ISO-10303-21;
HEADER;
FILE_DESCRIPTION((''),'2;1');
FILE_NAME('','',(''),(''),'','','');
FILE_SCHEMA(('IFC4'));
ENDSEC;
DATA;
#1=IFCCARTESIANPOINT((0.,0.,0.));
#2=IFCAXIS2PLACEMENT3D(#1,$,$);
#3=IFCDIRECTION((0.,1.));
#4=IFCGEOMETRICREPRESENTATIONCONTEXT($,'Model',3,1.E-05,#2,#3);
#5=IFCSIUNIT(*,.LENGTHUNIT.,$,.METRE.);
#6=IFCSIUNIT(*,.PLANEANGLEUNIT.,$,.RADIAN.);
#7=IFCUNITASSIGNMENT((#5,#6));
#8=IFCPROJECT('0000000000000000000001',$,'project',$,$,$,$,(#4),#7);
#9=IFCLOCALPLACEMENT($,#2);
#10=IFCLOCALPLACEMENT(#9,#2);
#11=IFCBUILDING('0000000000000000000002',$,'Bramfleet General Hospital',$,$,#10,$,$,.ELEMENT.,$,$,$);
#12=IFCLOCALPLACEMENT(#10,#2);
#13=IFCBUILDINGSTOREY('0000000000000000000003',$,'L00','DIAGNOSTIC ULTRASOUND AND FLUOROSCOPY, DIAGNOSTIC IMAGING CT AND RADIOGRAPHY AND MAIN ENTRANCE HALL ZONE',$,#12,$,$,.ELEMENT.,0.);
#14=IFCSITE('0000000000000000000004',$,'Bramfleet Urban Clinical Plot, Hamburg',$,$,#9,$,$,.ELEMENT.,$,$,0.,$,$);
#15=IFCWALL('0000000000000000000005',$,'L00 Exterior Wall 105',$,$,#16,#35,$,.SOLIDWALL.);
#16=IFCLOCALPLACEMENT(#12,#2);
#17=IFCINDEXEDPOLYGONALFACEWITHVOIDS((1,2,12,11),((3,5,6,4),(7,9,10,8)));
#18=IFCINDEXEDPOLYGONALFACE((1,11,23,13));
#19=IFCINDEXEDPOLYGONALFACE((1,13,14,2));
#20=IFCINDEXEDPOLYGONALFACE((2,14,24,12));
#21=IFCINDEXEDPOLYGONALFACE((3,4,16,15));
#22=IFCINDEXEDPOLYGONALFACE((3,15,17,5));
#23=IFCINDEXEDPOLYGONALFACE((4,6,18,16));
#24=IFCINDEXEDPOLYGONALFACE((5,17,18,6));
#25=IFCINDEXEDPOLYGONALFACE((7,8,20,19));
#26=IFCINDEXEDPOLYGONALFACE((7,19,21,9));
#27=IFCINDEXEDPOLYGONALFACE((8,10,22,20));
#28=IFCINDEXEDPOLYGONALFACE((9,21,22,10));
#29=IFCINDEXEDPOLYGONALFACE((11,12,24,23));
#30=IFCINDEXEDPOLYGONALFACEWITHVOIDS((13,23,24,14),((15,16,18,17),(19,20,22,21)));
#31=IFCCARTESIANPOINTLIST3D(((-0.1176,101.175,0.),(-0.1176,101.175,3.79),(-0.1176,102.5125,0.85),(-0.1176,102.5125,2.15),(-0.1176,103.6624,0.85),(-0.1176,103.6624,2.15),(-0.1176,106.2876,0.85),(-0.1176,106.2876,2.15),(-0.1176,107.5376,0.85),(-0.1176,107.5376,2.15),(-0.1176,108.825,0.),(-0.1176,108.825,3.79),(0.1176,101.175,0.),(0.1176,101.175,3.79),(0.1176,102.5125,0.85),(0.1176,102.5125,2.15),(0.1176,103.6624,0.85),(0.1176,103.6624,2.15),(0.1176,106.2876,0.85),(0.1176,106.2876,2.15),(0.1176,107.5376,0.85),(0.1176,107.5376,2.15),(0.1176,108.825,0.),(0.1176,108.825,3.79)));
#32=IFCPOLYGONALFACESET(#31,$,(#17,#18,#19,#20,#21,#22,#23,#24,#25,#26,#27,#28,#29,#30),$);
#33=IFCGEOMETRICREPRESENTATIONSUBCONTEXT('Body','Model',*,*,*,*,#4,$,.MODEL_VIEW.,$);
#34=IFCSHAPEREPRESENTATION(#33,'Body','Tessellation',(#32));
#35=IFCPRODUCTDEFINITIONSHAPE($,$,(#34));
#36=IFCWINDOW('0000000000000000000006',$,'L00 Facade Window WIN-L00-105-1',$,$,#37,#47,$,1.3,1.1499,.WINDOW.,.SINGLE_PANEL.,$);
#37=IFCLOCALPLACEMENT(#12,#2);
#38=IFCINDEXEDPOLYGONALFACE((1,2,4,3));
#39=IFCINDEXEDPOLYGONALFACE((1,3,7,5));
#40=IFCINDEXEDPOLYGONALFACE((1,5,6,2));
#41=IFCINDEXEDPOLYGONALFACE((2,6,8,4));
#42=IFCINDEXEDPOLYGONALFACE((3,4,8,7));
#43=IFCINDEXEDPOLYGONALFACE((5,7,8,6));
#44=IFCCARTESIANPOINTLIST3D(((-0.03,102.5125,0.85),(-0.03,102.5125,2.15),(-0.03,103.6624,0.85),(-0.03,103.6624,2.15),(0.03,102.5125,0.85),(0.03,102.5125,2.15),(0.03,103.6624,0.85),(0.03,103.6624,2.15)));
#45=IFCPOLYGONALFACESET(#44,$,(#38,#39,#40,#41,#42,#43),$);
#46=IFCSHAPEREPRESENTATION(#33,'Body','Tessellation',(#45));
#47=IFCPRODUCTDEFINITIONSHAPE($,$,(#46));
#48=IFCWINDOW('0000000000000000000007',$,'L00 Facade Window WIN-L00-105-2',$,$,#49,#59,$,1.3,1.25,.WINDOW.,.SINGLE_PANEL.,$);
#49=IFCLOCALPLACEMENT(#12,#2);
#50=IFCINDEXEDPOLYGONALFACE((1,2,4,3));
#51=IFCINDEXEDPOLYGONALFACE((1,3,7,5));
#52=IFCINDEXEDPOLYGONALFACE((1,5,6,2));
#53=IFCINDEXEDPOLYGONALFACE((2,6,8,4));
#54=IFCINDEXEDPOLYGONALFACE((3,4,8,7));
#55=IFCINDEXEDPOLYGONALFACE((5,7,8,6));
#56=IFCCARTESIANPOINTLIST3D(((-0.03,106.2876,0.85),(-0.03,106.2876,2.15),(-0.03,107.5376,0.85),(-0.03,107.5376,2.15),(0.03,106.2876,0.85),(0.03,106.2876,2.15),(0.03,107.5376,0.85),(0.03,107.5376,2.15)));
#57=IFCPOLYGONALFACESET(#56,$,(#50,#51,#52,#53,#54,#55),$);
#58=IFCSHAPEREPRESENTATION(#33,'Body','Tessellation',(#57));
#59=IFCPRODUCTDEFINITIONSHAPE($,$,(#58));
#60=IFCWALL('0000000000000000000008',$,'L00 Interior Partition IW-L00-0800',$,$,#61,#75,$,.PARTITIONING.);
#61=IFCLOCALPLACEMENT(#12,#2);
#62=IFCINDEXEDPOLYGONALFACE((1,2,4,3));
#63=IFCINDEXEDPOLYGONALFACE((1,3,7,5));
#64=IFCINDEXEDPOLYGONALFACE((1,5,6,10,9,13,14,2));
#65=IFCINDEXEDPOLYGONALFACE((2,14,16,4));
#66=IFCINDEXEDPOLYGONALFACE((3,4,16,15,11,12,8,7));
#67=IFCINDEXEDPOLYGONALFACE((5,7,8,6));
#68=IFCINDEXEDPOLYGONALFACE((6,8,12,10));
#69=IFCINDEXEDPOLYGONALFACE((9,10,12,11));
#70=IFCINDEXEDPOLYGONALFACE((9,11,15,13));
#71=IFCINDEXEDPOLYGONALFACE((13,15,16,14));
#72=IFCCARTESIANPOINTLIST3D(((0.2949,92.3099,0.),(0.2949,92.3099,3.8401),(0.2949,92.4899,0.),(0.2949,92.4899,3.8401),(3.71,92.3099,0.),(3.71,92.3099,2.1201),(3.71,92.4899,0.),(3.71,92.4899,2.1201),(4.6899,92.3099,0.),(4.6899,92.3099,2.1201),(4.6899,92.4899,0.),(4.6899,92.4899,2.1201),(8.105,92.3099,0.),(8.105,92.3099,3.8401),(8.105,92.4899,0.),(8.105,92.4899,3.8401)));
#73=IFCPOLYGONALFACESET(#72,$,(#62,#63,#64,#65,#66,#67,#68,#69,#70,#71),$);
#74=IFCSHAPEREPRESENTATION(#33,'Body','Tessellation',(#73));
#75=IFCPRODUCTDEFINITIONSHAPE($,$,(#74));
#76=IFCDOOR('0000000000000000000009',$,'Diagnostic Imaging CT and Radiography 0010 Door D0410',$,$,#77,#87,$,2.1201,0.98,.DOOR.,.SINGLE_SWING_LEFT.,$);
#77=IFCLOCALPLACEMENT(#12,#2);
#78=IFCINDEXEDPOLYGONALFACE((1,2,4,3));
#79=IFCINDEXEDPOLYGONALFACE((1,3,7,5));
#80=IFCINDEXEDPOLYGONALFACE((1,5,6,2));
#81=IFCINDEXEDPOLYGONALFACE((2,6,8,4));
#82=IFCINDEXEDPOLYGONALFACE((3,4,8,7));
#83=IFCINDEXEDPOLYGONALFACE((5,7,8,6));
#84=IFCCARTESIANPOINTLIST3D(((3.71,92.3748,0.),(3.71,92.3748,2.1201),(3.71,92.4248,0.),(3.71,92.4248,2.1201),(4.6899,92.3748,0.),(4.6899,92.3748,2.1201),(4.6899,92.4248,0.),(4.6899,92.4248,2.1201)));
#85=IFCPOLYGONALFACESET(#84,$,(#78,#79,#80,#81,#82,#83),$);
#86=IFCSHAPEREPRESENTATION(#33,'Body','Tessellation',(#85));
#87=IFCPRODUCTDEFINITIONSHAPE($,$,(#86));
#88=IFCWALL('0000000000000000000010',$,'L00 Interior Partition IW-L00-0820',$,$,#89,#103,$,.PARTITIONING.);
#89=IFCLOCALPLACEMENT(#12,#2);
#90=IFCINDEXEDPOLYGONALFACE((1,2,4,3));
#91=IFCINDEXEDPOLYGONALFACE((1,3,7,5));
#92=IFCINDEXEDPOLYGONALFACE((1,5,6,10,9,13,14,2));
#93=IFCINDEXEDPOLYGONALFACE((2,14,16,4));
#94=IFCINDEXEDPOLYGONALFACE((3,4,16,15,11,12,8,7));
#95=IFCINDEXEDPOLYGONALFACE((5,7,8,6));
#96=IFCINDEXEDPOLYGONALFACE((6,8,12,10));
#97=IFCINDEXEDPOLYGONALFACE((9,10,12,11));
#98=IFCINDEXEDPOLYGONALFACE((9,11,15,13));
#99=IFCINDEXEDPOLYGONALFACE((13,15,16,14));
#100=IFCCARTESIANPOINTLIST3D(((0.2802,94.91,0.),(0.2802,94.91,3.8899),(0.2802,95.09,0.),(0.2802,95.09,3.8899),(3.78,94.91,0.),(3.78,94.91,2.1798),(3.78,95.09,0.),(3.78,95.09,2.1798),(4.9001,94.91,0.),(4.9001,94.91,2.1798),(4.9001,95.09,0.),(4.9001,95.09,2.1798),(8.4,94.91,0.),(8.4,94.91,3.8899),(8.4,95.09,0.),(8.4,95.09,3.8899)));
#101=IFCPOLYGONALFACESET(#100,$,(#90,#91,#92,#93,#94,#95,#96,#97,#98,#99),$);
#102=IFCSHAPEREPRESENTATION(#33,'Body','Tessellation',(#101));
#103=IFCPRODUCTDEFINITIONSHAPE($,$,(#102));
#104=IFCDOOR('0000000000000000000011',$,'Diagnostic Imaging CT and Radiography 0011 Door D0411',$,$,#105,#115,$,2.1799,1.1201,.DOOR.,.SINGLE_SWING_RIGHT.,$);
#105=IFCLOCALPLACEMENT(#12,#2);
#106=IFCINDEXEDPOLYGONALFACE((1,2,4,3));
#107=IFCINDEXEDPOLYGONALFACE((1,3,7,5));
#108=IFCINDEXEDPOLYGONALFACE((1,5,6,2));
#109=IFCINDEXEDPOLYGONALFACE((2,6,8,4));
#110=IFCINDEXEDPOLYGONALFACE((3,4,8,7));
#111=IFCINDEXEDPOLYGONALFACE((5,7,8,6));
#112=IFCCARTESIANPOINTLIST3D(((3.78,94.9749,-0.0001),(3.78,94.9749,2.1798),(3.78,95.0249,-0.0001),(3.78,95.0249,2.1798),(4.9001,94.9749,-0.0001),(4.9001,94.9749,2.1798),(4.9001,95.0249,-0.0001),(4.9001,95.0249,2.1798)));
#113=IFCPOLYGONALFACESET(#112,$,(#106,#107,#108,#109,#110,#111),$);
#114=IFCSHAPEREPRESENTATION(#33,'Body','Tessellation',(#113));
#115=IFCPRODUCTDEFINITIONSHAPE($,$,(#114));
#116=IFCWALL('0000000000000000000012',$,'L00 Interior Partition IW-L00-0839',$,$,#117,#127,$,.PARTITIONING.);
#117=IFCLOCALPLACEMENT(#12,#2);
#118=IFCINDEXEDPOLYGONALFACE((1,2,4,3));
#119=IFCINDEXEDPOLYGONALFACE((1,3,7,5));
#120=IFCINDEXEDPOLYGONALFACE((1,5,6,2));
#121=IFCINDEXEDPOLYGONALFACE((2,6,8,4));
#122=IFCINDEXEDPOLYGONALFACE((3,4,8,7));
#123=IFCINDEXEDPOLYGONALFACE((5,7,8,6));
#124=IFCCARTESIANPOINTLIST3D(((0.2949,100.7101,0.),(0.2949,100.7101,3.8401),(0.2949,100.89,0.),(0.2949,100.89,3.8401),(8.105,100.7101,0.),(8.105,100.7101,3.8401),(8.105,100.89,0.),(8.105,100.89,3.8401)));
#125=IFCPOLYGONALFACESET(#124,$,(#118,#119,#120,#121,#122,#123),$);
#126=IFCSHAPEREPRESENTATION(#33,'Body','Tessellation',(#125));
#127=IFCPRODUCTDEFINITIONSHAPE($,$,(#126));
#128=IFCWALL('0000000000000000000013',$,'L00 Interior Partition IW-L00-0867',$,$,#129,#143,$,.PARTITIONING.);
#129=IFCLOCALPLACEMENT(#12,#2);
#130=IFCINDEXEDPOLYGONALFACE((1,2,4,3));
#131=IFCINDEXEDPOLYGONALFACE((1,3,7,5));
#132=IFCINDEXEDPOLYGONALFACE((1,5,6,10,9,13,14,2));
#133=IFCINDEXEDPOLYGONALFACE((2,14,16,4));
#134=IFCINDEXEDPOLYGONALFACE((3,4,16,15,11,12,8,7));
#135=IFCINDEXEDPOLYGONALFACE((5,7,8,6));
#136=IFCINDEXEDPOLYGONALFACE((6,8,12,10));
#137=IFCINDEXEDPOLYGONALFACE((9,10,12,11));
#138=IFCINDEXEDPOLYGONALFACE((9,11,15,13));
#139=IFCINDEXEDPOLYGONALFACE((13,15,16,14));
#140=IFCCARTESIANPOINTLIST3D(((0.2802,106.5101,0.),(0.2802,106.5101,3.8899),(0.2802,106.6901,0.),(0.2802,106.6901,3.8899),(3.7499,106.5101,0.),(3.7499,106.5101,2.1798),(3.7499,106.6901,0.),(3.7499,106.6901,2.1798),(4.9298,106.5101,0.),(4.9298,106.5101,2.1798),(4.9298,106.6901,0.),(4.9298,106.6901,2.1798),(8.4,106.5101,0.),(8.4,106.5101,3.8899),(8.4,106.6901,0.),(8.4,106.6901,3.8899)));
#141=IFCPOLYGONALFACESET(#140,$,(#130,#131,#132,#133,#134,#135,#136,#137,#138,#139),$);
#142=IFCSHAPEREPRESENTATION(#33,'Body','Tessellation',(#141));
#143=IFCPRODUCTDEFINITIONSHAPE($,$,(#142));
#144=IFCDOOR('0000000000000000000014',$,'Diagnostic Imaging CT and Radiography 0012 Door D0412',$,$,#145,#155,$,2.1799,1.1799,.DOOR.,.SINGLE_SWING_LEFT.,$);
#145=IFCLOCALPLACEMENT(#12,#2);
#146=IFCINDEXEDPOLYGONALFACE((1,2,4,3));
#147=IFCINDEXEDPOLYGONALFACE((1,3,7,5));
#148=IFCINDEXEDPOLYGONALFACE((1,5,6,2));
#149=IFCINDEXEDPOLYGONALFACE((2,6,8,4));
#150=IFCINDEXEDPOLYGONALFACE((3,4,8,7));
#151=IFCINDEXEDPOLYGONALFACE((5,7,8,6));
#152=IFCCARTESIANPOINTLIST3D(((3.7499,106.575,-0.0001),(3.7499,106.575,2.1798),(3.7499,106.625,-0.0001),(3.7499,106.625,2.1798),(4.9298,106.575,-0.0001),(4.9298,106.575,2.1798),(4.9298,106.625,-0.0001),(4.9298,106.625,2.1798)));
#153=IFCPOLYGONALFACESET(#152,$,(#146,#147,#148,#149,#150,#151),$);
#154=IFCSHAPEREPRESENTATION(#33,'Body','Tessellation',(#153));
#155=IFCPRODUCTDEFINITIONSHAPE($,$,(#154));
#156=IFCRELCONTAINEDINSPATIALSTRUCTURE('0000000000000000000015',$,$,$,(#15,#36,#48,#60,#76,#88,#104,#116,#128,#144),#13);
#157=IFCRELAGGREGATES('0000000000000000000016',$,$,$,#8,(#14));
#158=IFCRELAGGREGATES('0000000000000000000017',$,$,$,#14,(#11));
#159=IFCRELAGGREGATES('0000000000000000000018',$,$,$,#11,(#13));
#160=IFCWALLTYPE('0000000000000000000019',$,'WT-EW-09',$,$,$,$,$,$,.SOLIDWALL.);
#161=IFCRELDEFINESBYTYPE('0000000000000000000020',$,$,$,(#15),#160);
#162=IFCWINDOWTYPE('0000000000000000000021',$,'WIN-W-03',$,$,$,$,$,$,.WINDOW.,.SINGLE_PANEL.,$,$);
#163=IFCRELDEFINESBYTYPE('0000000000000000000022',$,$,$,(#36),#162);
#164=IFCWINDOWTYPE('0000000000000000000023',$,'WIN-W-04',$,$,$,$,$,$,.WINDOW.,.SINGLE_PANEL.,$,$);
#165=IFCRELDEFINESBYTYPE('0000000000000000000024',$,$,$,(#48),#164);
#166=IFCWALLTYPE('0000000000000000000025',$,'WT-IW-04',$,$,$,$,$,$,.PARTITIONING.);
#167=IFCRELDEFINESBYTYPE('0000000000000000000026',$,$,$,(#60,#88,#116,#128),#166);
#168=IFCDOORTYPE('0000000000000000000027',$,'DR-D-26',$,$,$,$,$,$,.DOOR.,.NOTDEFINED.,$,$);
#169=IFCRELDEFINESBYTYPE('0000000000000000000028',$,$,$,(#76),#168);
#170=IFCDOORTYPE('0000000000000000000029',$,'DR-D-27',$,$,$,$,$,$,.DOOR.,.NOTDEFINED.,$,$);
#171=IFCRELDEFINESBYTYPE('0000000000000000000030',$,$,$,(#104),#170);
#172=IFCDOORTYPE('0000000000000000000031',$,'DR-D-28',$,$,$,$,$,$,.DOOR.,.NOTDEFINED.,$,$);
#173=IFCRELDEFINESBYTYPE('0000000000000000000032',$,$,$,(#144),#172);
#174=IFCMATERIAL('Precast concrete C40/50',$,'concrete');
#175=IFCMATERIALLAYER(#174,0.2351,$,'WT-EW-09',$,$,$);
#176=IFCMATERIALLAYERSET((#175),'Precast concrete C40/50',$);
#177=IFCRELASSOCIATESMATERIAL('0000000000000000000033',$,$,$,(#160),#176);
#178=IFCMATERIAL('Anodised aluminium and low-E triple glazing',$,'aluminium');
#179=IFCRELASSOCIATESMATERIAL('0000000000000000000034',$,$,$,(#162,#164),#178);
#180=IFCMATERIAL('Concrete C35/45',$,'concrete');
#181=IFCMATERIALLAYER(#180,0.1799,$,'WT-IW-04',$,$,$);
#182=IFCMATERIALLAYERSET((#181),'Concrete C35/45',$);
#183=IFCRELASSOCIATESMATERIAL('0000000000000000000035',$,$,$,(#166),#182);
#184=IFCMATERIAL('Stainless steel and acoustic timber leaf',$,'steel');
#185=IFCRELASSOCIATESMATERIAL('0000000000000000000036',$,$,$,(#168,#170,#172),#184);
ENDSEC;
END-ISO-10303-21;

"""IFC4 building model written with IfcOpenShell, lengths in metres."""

from ifc_helpers import new_model, si_unit, direction, frame, frame_2d, origin, place, context, subcontext, project, spatial, rectangle, extrude, material, layer, layer_set, type_object, element, fill, save


model = new_model("IFC4")

# Units and contexts
model_context = context("Model", 3, precision=1e-05, world=origin(), true_north=direction((0.0, 1.0)))
body_context = subcontext(model_context, "Body", "Model", "MODEL_VIEW")
ifc_project = project(units=[si_unit("LENGTHUNIT", "METRE"), si_unit("PLANEANGLEUNIT", "RADIAN")], contexts=[model_context])

# Site, building, storey
site_placement = place(None, origin())
site = spatial("IfcSite", under=ifc_project, at=site_placement, Name="Bramfleet Urban Clinical Plot, Hamburg", CompositionType="ELEMENT", RefElevation=0.0)
building_placement = place(site_placement, origin())
building = spatial("IfcBuilding", under=site, at=building_placement, Name="Bramfleet General Hospital", CompositionType="ELEMENT")
storey_placement = place(building_placement, origin())
storey = spatial("IfcBuildingStorey", under=building, at=storey_placement, Name="L00", Description="DIAGNOSTIC ULTRASOUND AND FLUOROSCOPY, DIAGNOSTIC IMAGING CT AND RADIOGRAPHY AND MAIN ENTRANCE HALL ZONE", CompositionType="ELEMENT", Elevation=0.0)

# Shared definitions
ifc_material_1 = material(Name="Concrete C35/45", Category="concrete")

# Shared definitions
ifc_material_2 = material(Name="Precast concrete C40/50", Category="concrete")

# Wall, openings, windows
ifc_layer_1 = layer(ifc_material_2, 0.2351, Name="WT-EW-09")
ifc_layer_set_1 = layer_set([ifc_layer_1], Name="Precast concrete C40/50")
wall_type_1 = type_object("IfcWallType", Name="WT-EW-09", PredefinedType="SOLIDWALL", material=ifc_layer_set_1)
wall_1_placement = place(storey_placement, frame((0.0, 101.175, 0.0), z_axis=(0.0, 0.0, 1.0), x_axis=(0.0, 1.0, 0.0)))
wall_1 = element("IfcWall", 1, at=wall_1_placement, inside=storey, type_object=wall_type_1, Name="L00 Exterior Wall 105", PredefinedType="SOLIDWALL", context=body_context, shape_type="SweptSolid", body=[
    extrude(rectangle(XDim=7.6499, YDim=0.2351, at=frame_2d((3.825, 0.0))), origin(), (0.0, 0.0, 1.0), 3.79),
])
opening_1_placement = place(wall_1_placement, frame((1.3374, 0.0, 0.8501)))
opening_1 = element("IfcOpeningElement", 2, at=opening_1_placement, cuts=wall_1, PredefinedType="OPENING", context=body_context, shape_type="SweptSolid", body=[
    extrude(rectangle(XDim=1.1499, YDim=1.3, at=frame_2d((0.575, 0.6499))), frame((0.0, 0.1274, 0.0), z_axis=(0.0, -1.0, 0.0), x_axis=(1.0, 0.0, 0.0)), (0.0, 0.0, 1.0), 0.2551),
])
opening_2_placement = place(wall_1_placement, frame((5.1125, 0.0, 0.8501)))
opening_2 = element("IfcOpeningElement", 3, at=opening_2_placement, cuts=wall_1, PredefinedType="OPENING", context=body_context, shape_type="SweptSolid", body=[
    extrude(rectangle(XDim=1.25, YDim=1.3, at=frame_2d((0.625, 0.6499))), frame((0.0, 0.1274, 0.0), z_axis=(0.0, -1.0, 0.0), x_axis=(1.0, 0.0, 0.0)), (0.0, 0.0, 1.0), 0.2551),
])
ifc_material_3 = material(Name="Anodised aluminium and low-E triple glazing", Category="aluminium")
window_type_1 = type_object("IfcWindowType", Name="WIN-W-03", PartitioningType="SINGLE_PANEL", PredefinedType="WINDOW", material=ifc_material_3)
window_1_placement = place(opening_1_placement, origin())
window_1 = element("IfcWindow", 4, at=window_1_placement, inside=storey, type_object=window_type_1, Name="L00 Facade Window WIN-L00-105-1", OverallHeight=1.3, OverallWidth=1.1499, PartitioningType="SINGLE_PANEL", PredefinedType="WINDOW", context=body_context, shape_type="SweptSolid", body=[
    extrude(rectangle(XDim=1.1499, YDim=1.3, at=frame_2d((0.575, 0.6499))), frame((0.0, 0.03, 0.0), z_axis=(0.0, -1.0, 0.0), x_axis=(1.0, 0.0, 0.0)), (0.0, 0.0, 1.0), 0.0601),
])
fill(opening_1, window_1)
window_type_2 = type_object("IfcWindowType", Name="WIN-W-04", PartitioningType="SINGLE_PANEL", PredefinedType="WINDOW", material=ifc_material_3)
window_2_placement = place(opening_2_placement, origin())
window_2 = element("IfcWindow", 5, at=window_2_placement, inside=storey, type_object=window_type_2, Name="L00 Facade Window WIN-L00-105-2", OverallHeight=1.3, OverallWidth=1.25, PartitioningType="SINGLE_PANEL", PredefinedType="WINDOW", context=body_context, shape_type="SweptSolid", body=[
    extrude(rectangle(XDim=1.25, YDim=1.3, at=frame_2d((0.625, 0.6499))), frame((0.0, 0.03, 0.0), z_axis=(0.0, -1.0, 0.0), x_axis=(1.0, 0.0, 0.0)), (0.0, 0.0, 1.0), 0.0601),
])
fill(opening_2, window_2)

# Walls, openings, doors
ifc_layer_2 = layer(ifc_material_1, 0.1799, Name="WT-IW-04")
ifc_layer_set_2 = layer_set([ifc_layer_2], Name="Concrete C35/45")
wall_type_2 = type_object("IfcWallType", Name="WT-IW-04", PredefinedType="PARTITIONING", material=ifc_layer_set_2)
wall_2_placement = place(storey_placement, frame((0.2949, 92.3999, 0.0), z_axis=(0.0, 0.0, 1.0), x_axis=(1.0, 0.0, 0.0)))
wall_2 = element("IfcWall", 6, at=wall_2_placement, inside=storey, type_object=wall_type_2, Name="L00 Interior Partition IW-L00-0800", PredefinedType="PARTITIONING", context=body_context, shape_type="SweptSolid", body=[
    extrude(rectangle(XDim=7.8101, YDim=0.1799, at=frame_2d((3.905, 0.0))), origin(), (0.0, 0.0, 1.0), 3.8401),
])
opening_3_placement = place(wall_2_placement, frame((3.415, 0.0, 0.0)))
opening_3 = element("IfcOpeningElement", 7, at=opening_3_placement, cuts=wall_2, PredefinedType="OPENING", context=body_context, shape_type="SweptSolid", body=[
    extrude(rectangle(XDim=0.98, YDim=2.1201, at=frame_2d((0.49, 1.0601))), frame((0.0, 0.0999, 0.0), z_axis=(0.0, -1.0, 0.0), x_axis=(1.0, 0.0, 0.0)), (0.0, 0.0, 1.0), 0.2),
])
ifc_material_4 = material(Name="Stainless steel and acoustic timber leaf", Category="steel")
door_type_1 = type_object("IfcDoorType", Name="DR-D-26", OperationType="NOTDEFINED", PredefinedType="DOOR", material=ifc_material_4)
door_1_placement = place(opening_3_placement, origin())
door_1 = element("IfcDoor", 8, at=door_1_placement, inside=storey, type_object=door_type_1, Name="Diagnostic Imaging CT and Radiography 0010 Door D0410", OperationType="SINGLE_SWING_LEFT", OverallHeight=2.1201, OverallWidth=0.98, PredefinedType="DOOR", context=body_context, shape_type="SweptSolid", body=[
    extrude(rectangle(XDim=0.98, YDim=2.1201, at=frame_2d((0.49, 1.0601))), frame((0.0, 0.0249, 0.0), z_axis=(0.0, -1.0, 0.0), x_axis=(1.0, 0.0, 0.0)), (0.0, 0.0, 1.0), 0.05),
])
fill(opening_3, door_1)
wall_3_placement = place(storey_placement, frame((0.28, 95.0, 0.0), z_axis=(0.0, 0.0, 1.0), x_axis=(1.0, 0.0, 0.0)))
wall_3 = element("IfcWall", 9, at=wall_3_placement, inside=storey, type_object=wall_type_2, Name="L00 Interior Partition IW-L00-0820", PredefinedType="PARTITIONING", context=body_context, shape_type="SweptSolid", body=[
    extrude(rectangle(XDim=8.1199, YDim=0.1799, at=frame_2d((4.0601, 0.0))), origin(), (0.0, 0.0, 1.0), 3.8899),
])
opening_4_placement = place(wall_3_placement, frame((3.5, 0.0, 0.0)))
opening_4 = element("IfcOpeningElement", 10, at=opening_4_placement, cuts=wall_3, PredefinedType="OPENING", context=body_context, shape_type="SweptSolid", body=[
    extrude(rectangle(XDim=1.1201, YDim=2.1799, at=frame_2d((0.5601, 1.0898))), frame((0.0, 0.0999, 0.0), z_axis=(0.0, -1.0, 0.0), x_axis=(1.0, 0.0, 0.0)), (0.0, 0.0, 1.0), 0.2),
])
door_type_2 = type_object("IfcDoorType", Name="DR-D-27", OperationType="NOTDEFINED", PredefinedType="DOOR", material=ifc_material_4)
door_2_placement = place(opening_4_placement, origin())
door_2 = element("IfcDoor", 11, at=door_2_placement, inside=storey, type_object=door_type_2, Name="Diagnostic Imaging CT and Radiography 0011 Door D0411", OperationType="SINGLE_SWING_RIGHT", OverallHeight=2.1799, OverallWidth=1.1201, PredefinedType="DOOR", context=body_context, shape_type="SweptSolid", body=[
    extrude(rectangle(XDim=1.1201, YDim=2.1799, at=frame_2d((0.5601, 1.0898))), frame((0.0, 0.0249, 0.0), z_axis=(0.0, -1.0, 0.0), x_axis=(1.0, 0.0, 0.0)), (0.0, 0.0, 1.0), 0.05),
])
fill(opening_4, door_2)

# Wall
wall_4_placement = place(storey_placement, frame((0.2949, 100.8, 0.0), z_axis=(0.0, 0.0, 1.0), x_axis=(1.0, 0.0, 0.0)))
element("IfcWall", 12, at=wall_4_placement, inside=storey, type_object=wall_type_2, Name="L00 Interior Partition IW-L00-0839", PredefinedType="PARTITIONING", context=body_context, shape_type="SweptSolid", body=[
    extrude(rectangle(XDim=7.8101, YDim=0.1799, at=frame_2d((3.905, 0.0))), origin(), (0.0, 0.0, 1.0), 3.8401),
])

# Wall, opening, door
wall_5_placement = place(storey_placement, frame((0.28, 106.6001, 0.0), z_axis=(0.0, 0.0, 1.0), x_axis=(1.0, 0.0, 0.0)))
wall_5 = element("IfcWall", 13, at=wall_5_placement, inside=storey, type_object=wall_type_2, Name="L00 Interior Partition IW-L00-0867", PredefinedType="PARTITIONING", context=body_context, shape_type="SweptSolid", body=[
    extrude(rectangle(XDim=8.1199, YDim=0.1799, at=frame_2d((4.0601, 0.0))), origin(), (0.0, 0.0, 1.0), 3.8899),
])
opening_5_placement = place(wall_5_placement, frame((3.47, 0.0, 0.0)))
opening_5 = element("IfcOpeningElement", 14, at=opening_5_placement, cuts=wall_5, PredefinedType="OPENING", context=body_context, shape_type="SweptSolid", body=[
    extrude(rectangle(XDim=1.1799, YDim=2.1799, at=frame_2d((0.5898, 1.0898))), frame((0.0, 0.0999, 0.0), z_axis=(0.0, -1.0, 0.0), x_axis=(1.0, 0.0, 0.0)), (0.0, 0.0, 1.0), 0.2),
])
door_type_3 = type_object("IfcDoorType", Name="DR-D-28", OperationType="NOTDEFINED", PredefinedType="DOOR", material=ifc_material_4)
door_3_placement = place(opening_5_placement, origin())
door_3 = element("IfcDoor", 15, at=door_3_placement, inside=storey, type_object=door_type_3, Name="Diagnostic Imaging CT and Radiography 0012 Door D0412", OperationType="SINGLE_SWING_LEFT", OverallHeight=2.1799, OverallWidth=1.1799, PredefinedType="DOOR", context=body_context, shape_type="SweptSolid", body=[
    extrude(rectangle(XDim=1.1799, YDim=2.1799, at=frame_2d((0.5898, 1.0898))), frame((0.0, 0.0249, 0.0), z_axis=(0.0, -1.0, 0.0), x_axis=(1.0, 0.0, 0.0)), (0.0, 0.0, 1.0), 0.05),
])
fill(opening_5, door_3)

save(model, "model.ifc")
